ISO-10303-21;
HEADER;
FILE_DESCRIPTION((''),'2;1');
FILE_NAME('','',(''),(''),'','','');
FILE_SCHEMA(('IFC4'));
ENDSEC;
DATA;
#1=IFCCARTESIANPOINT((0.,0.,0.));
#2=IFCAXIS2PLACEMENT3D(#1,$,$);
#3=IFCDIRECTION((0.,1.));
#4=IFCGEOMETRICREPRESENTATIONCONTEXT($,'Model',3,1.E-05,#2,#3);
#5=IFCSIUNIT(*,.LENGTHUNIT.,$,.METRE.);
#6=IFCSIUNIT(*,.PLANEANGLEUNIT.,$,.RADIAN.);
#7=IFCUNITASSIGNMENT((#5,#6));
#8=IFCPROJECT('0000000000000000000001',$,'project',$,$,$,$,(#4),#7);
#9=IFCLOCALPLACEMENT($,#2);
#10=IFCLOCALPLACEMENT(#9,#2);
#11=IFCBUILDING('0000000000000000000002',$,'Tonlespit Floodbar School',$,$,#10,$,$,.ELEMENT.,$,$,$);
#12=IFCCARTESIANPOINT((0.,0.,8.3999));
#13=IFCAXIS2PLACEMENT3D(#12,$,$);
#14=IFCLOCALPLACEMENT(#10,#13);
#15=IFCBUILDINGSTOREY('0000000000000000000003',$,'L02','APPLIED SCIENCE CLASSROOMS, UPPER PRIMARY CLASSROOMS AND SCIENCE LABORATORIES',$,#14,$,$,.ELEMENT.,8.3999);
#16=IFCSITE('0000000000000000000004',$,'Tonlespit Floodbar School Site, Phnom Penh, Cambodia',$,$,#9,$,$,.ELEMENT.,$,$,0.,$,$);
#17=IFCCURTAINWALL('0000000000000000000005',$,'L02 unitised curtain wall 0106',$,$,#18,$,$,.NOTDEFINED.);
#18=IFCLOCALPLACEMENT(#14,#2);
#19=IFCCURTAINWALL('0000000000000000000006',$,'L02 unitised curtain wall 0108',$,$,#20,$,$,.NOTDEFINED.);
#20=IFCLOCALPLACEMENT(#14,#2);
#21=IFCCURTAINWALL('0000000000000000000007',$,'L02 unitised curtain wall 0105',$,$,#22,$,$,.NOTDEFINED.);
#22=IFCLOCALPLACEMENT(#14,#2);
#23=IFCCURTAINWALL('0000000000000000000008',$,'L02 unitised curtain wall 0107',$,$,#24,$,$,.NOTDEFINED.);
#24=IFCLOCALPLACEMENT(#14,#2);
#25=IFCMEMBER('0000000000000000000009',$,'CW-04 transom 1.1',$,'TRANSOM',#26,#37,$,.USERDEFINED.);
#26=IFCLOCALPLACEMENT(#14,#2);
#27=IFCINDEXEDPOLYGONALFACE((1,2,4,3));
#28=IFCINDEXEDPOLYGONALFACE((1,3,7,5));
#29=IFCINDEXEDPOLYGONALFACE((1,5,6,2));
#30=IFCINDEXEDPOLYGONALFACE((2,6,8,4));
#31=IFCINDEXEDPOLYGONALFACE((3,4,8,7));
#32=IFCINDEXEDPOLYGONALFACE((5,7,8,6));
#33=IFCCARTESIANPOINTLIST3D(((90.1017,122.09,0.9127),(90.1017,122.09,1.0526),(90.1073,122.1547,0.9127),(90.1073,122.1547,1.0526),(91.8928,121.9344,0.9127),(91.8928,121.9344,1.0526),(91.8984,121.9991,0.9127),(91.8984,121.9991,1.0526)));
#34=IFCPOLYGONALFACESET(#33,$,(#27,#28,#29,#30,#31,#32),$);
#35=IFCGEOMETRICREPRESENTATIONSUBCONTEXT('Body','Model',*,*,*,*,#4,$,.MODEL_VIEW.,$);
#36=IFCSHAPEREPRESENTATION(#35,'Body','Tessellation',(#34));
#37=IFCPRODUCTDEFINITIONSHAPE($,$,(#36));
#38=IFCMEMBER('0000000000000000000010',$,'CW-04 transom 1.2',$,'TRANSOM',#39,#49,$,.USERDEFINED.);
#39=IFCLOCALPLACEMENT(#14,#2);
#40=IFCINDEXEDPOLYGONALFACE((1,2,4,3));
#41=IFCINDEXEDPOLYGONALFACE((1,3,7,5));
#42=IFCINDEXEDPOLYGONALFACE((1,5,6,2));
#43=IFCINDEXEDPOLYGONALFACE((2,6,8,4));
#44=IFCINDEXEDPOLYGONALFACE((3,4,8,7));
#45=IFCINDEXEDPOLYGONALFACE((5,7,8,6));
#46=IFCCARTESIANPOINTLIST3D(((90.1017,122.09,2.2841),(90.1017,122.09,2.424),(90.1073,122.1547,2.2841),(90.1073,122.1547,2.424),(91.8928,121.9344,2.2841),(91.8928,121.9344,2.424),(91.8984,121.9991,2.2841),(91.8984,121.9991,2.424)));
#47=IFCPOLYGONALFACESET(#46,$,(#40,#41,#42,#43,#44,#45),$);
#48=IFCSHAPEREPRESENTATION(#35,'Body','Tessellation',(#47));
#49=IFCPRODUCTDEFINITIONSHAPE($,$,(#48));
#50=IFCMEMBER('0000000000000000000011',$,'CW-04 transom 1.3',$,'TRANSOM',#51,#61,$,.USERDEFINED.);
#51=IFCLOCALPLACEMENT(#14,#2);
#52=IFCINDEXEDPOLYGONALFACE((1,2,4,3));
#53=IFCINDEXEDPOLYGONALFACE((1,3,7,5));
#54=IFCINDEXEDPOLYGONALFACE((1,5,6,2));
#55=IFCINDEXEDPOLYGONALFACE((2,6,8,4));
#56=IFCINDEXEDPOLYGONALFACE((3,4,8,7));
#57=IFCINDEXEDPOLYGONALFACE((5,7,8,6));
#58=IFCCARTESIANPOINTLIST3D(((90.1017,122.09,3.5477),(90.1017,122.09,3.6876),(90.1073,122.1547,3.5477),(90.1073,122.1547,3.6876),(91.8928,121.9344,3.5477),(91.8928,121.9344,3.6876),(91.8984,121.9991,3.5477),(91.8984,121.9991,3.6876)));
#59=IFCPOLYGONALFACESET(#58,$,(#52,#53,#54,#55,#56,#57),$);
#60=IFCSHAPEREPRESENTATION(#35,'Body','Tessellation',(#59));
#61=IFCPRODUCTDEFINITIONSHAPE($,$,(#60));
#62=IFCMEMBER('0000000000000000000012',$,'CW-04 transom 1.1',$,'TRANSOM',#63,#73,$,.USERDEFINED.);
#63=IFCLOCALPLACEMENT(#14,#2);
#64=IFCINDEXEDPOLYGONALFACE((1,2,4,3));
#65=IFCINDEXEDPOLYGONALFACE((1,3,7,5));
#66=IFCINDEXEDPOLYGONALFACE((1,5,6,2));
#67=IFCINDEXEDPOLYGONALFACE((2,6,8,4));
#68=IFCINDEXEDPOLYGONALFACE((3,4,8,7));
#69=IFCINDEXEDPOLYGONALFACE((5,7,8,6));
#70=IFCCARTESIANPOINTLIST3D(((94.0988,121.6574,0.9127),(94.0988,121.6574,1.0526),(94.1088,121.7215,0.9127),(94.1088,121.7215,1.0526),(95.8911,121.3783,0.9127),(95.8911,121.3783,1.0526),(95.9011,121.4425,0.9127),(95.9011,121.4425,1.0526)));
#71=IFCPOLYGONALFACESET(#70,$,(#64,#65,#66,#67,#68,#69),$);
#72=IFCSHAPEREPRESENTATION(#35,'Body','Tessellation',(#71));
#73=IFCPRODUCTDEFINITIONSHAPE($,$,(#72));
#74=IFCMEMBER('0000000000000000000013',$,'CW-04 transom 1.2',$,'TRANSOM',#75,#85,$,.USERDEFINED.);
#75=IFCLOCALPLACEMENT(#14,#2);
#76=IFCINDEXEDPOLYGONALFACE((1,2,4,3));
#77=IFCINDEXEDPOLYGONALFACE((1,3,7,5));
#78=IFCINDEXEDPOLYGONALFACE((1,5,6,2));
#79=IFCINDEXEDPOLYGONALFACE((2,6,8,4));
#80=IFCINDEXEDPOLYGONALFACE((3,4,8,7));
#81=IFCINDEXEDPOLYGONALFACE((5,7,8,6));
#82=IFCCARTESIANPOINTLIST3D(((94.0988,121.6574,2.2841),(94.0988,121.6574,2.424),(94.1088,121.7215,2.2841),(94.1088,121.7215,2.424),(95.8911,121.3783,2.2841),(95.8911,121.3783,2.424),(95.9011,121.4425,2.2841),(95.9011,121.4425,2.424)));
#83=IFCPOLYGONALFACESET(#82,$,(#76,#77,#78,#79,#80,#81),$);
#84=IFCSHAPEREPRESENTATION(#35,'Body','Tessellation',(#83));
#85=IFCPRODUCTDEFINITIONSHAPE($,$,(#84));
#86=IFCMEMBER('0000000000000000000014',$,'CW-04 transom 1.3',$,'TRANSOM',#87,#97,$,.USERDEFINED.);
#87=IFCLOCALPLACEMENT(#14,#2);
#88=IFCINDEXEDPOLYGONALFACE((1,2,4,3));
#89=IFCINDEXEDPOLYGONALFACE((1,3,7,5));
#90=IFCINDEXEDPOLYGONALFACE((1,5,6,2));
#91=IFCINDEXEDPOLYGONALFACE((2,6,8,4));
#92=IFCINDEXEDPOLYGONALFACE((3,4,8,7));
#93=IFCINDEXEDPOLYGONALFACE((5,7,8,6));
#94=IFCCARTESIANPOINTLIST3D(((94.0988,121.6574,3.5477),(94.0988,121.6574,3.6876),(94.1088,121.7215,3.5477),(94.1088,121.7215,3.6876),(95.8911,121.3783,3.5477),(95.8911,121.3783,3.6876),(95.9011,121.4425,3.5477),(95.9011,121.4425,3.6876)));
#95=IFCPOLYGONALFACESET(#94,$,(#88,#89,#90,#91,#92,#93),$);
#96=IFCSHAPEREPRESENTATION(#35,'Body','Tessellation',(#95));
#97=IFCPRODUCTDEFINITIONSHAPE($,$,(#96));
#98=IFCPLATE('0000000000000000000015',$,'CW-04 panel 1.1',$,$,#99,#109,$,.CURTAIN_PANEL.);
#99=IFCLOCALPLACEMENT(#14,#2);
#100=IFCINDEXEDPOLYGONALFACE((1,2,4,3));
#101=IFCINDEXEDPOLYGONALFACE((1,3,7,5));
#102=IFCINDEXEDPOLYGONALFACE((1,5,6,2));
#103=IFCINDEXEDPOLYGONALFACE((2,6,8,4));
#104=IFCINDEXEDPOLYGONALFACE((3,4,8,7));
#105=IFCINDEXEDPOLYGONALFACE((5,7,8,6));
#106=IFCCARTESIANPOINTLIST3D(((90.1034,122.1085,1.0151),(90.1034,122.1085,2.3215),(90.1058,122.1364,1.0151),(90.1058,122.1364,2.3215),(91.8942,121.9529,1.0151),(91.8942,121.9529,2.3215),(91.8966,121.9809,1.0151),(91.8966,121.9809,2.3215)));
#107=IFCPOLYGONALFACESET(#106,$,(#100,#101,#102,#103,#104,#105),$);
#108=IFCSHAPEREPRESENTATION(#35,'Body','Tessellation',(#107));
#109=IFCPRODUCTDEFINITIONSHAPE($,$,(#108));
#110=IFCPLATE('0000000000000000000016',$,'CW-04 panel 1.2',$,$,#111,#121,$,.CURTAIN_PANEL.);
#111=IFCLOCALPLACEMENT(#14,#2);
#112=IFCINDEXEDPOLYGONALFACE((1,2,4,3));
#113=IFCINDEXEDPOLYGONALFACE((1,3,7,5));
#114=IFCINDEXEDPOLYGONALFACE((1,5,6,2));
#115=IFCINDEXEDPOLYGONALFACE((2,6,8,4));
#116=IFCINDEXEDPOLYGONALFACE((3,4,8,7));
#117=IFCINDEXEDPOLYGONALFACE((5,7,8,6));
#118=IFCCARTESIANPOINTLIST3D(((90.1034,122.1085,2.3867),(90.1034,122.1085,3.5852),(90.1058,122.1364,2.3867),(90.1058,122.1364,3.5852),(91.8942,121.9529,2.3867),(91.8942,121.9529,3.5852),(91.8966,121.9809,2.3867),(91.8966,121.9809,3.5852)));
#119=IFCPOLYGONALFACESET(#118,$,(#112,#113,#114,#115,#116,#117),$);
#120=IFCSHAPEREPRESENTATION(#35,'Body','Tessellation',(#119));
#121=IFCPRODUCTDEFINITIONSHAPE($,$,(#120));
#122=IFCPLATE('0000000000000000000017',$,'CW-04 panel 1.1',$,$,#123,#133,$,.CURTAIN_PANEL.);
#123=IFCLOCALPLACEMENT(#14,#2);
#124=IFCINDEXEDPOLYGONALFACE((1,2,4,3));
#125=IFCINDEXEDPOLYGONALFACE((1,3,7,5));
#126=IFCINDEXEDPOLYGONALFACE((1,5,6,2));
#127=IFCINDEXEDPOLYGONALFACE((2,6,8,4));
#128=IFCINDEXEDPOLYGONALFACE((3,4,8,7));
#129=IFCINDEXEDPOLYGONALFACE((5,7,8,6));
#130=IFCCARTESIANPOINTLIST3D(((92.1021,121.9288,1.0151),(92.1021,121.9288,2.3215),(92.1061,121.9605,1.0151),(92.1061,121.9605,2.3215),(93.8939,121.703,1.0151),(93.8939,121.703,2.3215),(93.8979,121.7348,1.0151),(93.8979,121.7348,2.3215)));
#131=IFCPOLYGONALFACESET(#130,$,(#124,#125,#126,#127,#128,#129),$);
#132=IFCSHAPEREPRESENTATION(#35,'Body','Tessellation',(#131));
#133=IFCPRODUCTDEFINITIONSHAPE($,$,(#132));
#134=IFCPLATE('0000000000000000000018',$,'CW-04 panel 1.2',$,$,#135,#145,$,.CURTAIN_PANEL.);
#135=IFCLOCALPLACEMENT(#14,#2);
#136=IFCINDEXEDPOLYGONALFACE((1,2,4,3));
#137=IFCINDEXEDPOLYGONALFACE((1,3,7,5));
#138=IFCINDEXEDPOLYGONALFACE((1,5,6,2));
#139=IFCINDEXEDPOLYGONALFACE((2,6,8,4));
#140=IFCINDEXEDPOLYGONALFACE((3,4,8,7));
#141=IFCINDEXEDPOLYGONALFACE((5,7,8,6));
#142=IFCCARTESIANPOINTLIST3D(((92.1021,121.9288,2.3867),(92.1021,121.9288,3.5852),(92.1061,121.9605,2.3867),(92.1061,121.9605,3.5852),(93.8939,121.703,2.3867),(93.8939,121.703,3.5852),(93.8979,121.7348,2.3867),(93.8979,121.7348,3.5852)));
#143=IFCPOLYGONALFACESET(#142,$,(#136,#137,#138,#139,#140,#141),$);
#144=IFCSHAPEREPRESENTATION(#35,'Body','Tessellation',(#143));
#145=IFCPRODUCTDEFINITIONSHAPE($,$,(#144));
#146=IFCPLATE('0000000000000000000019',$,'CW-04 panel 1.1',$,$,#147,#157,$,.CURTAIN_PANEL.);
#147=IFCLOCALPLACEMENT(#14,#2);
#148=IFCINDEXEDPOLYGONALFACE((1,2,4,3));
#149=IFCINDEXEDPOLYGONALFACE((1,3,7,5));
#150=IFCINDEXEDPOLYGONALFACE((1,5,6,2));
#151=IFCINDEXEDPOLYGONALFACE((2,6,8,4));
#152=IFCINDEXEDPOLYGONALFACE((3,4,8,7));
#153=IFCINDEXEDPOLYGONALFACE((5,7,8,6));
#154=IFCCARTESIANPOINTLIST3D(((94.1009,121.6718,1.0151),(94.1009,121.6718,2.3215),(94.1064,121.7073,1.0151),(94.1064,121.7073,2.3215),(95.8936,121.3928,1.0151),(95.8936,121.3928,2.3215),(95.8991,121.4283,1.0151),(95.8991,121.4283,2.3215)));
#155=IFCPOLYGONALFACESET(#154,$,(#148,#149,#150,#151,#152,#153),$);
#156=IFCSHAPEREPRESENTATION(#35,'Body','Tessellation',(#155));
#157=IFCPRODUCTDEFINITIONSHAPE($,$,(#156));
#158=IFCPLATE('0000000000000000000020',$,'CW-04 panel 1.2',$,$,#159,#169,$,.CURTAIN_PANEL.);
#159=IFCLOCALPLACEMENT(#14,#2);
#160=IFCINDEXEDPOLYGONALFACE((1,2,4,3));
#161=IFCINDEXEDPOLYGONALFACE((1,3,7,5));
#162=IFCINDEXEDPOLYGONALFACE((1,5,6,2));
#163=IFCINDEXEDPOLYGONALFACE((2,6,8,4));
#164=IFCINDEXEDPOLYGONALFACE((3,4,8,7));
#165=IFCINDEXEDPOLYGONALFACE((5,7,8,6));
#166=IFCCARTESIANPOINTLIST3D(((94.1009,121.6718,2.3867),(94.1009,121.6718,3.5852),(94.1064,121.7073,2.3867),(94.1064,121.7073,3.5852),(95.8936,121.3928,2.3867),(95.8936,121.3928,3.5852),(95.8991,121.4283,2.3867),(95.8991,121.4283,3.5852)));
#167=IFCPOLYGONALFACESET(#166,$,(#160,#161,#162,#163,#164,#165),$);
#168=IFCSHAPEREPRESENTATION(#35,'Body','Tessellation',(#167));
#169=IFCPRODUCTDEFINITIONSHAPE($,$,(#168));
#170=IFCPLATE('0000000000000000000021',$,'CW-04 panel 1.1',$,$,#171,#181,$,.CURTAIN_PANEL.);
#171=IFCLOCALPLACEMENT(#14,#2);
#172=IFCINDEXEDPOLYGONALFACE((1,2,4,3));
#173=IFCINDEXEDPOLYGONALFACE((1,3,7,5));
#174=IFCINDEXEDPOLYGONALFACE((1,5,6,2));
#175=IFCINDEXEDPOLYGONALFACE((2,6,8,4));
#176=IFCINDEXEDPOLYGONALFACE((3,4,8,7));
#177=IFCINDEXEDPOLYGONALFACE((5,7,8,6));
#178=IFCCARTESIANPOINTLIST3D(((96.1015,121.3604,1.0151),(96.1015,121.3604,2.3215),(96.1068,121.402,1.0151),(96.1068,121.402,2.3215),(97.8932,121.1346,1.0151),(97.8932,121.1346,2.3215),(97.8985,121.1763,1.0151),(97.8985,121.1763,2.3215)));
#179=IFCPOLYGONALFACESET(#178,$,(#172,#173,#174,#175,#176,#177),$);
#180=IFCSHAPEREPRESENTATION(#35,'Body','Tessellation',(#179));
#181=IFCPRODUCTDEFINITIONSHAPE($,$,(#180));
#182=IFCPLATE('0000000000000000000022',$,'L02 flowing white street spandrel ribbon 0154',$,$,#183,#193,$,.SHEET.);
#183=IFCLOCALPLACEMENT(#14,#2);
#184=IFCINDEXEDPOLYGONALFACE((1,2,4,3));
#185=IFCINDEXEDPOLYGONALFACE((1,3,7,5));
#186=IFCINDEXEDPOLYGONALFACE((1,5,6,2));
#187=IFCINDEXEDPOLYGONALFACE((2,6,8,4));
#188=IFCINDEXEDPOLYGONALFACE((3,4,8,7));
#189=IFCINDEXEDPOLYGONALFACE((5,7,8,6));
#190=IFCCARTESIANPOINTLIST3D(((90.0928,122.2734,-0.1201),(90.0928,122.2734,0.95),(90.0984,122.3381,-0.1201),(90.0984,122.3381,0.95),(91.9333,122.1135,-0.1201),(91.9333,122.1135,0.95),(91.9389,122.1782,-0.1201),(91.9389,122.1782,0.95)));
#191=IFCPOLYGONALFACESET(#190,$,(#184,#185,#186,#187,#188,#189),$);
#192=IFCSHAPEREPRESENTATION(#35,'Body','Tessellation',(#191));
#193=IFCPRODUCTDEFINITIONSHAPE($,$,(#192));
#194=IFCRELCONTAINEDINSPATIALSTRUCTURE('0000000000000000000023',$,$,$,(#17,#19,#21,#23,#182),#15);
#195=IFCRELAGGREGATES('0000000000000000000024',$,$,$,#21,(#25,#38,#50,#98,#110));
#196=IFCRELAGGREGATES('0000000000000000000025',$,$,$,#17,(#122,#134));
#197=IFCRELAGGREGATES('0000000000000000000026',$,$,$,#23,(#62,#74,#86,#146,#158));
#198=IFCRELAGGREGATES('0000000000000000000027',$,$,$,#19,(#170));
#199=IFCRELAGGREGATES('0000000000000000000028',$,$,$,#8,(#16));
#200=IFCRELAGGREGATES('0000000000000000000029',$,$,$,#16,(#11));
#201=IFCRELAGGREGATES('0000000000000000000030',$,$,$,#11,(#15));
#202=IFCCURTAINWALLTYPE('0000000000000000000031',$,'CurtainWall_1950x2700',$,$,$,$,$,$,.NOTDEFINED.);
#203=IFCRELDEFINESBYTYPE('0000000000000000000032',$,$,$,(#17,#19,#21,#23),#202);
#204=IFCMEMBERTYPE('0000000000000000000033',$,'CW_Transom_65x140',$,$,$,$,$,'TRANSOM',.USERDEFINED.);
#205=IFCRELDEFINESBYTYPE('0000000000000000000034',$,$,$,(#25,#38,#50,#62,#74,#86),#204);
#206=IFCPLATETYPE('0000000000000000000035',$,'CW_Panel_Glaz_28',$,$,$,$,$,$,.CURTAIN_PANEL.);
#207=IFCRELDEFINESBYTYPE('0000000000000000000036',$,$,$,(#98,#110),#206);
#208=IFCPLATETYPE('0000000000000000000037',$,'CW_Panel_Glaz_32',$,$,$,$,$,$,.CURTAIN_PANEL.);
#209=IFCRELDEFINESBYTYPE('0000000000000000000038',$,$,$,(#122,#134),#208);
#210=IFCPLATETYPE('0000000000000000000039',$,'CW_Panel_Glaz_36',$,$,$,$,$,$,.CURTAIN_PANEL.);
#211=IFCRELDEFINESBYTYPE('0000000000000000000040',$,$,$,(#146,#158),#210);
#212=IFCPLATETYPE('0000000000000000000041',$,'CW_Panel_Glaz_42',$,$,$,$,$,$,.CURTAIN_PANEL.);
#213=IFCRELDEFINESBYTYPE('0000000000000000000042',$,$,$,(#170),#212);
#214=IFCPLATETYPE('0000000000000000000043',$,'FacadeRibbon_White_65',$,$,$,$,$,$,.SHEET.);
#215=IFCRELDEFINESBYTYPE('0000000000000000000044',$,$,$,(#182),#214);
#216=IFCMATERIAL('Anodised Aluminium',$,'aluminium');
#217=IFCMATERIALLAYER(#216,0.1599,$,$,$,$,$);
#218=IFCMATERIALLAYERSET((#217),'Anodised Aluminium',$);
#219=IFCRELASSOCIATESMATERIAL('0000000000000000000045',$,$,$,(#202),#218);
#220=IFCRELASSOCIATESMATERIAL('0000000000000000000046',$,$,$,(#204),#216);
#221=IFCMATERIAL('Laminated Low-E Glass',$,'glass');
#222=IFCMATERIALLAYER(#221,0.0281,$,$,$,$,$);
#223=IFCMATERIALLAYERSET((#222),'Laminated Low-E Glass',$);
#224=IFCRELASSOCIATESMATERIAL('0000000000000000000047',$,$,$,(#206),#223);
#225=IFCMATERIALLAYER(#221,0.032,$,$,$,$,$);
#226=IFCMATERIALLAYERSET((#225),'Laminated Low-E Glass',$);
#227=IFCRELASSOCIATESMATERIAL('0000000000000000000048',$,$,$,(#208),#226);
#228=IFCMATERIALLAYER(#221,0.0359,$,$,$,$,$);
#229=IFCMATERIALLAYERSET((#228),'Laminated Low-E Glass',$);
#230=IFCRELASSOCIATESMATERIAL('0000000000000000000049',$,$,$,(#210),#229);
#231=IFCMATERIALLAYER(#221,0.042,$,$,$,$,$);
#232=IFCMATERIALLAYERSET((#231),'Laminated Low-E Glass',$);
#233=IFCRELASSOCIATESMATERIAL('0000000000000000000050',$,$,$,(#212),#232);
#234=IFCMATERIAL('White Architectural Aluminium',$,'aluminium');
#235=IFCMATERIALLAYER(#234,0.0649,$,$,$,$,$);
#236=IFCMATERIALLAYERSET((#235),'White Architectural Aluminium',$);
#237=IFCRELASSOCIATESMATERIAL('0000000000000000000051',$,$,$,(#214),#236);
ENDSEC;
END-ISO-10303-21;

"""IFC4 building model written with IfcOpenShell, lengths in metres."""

from ifc_helpers import new_model, si_unit, direction, frame, origin, origin_2d, place, context, subcontext, project, spatial, rectangle, extrude, material, layer, layer_set, material_profile, profile_set, type_object, element, aggregate, save


model = new_model("IFC4")

# Units and contexts
model_context = context("Model", 3, precision=1e-05, world=origin(), true_north=direction((0.0, 1.0)))
body_context = subcontext(model_context, "Body", "Model", "MODEL_VIEW")
ifc_project = project(units=[si_unit("LENGTHUNIT", "METRE"), si_unit("PLANEANGLEUNIT", "RADIAN")], contexts=[model_context])

# Site, building, storey
site_placement = place(None, origin())
site = spatial("IfcSite", under=ifc_project, at=site_placement, Name="Tonlespit Floodbar School Site, Phnom Penh, Cambodia", CompositionType="ELEMENT", RefElevation=0.0)
building_placement = place(site_placement, origin())
building = spatial("IfcBuilding", under=site, at=building_placement, Name="Tonlespit Floodbar School", CompositionType="ELEMENT")
storey_placement = place(building_placement, frame((0.0, 0.0, 8.3999)))
storey = spatial("IfcBuildingStorey", under=building, at=storey_placement, Name="L02", Description="APPLIED SCIENCE CLASSROOMS, UPPER PRIMARY CLASSROOMS AND SCIENCE LABORATORIES", CompositionType="ELEMENT", Elevation=8.3999)

# Shared definitions
ifc_material_1 = material(Name="Anodised Aluminium", Category="aluminium")

# Curtain wall
ifc_layer_1 = layer(ifc_material_1, 0.1599)
ifc_layer_set_1 = layer_set([ifc_layer_1], Name="Anodised Aluminium")
curtain_wall_type_1 = type_object("IfcCurtainWallType", Name="CurtainWall_1950x2700", PredefinedType="NOTDEFINED", material=ifc_layer_set_1)
curtain_wall_1_placement = place(storey_placement, origin())
curtain_wall_1 = element("IfcCurtainWall", 1, at=curtain_wall_1_placement, inside=storey, type_object=curtain_wall_type_1, Name="L02 unitised curtain wall 0106", PredefinedType="NOTDEFINED")

# Curtain wall
curtain_wall_2_placement = place(storey_placement, origin())
curtain_wall_2 = element("IfcCurtainWall", 2, at=curtain_wall_2_placement, inside=storey, type_object=curtain_wall_type_1, Name="L02 unitised curtain wall 0108", PredefinedType="NOTDEFINED")

# Curtain walls
curtain_wall_3_placement = place(storey_placement, origin())
curtain_wall_3 = element("IfcCurtainWall", 3, at=curtain_wall_3_placement, inside=storey, type_object=curtain_wall_type_1, Name="L02 unitised curtain wall 0105", PredefinedType="NOTDEFINED")
curtain_wall_4_placement = place(storey_placement, origin())
curtain_wall_4 = element("IfcCurtainWall", 4, at=curtain_wall_4_placement, inside=storey, type_object=curtain_wall_type_1, Name="L02 unitised curtain wall 0107", PredefinedType="NOTDEFINED")

# Members
ifc_material_profile_1 = material_profile(ifc_material_1, rectangle(XDim=0.0649, YDim=0.1399, at=origin_2d()), Name="ALU T65x140")
ifc_profile_set_1 = profile_set([ifc_material_profile_1], Name="Anodised Aluminium")
member_type_1 = type_object("IfcMemberType", Name="CW_Transom_65x140", ElementType="TRANSOM", PredefinedType="USERDEFINED", material=ifc_profile_set_1)
member_1_placement = place(storey_placement, frame((90.1045, 122.1223, 0.9827), z_axis=(0.996251, -0.086507, 0.0), x_axis=(0.086507, 0.996251, 0.0)))
member_1 = element("IfcMember", 5, at=member_1_placement, type_object=member_type_1, Name="CW-04 transom 1.1", ObjectType="TRANSOM", PredefinedType="USERDEFINED", context=body_context, shape_type="SweptSolid", body=[
    extrude(rectangle(XDim=0.0649, YDim=0.1399, at=origin_2d()), origin(), (0.0, 0.0, 1.0), 1.7979),
])
member_2_placement = place(storey_placement, frame((90.1045, 122.1223, 2.354), z_axis=(0.996251, -0.086507, 0.0), x_axis=(0.086507, 0.996251, 0.0)))
member_2 = element("IfcMember", 6, at=member_2_placement, type_object=member_type_1, Name="CW-04 transom 1.2", ObjectType="TRANSOM", PredefinedType="USERDEFINED", context=body_context, shape_type="SweptSolid", body=[
    extrude(rectangle(XDim=0.0649, YDim=0.1399, at=origin_2d()), origin(), (0.0, 0.0, 1.0), 1.7979),
])
member_3_placement = place(storey_placement, frame((90.1045, 122.1223, 3.6177), z_axis=(0.996251, -0.086507, 0.0), x_axis=(0.086507, 0.996251, 0.0)))
member_3 = element("IfcMember", 7, at=member_3_placement, type_object=member_type_1, Name="CW-04 transom 1.3", ObjectType="TRANSOM", PredefinedType="USERDEFINED", context=body_context, shape_type="SweptSolid", body=[
    extrude(rectangle(XDim=0.0649, YDim=0.1399, at=origin_2d()), origin(), (0.0, 0.0, 1.0), 1.7979),
])
member_4_placement = place(storey_placement, frame((94.1038, 121.6895, 0.9827), z_axis=(0.988098, -0.153827, 0.0), x_axis=(0.153827, 0.988098, 0.0)))
member_4 = element("IfcMember", 8, at=member_4_placement, type_object=member_type_1, Name="CW-04 transom 1.1", ObjectType="TRANSOM", PredefinedType="USERDEFINED", context=body_context, shape_type="SweptSolid", body=[
    extrude(rectangle(XDim=0.0649, YDim=0.1399, at=origin_2d()), origin(), (0.0, 0.0, 1.0), 1.814),
])
member_5_placement = place(storey_placement, frame((94.1038, 121.6895, 2.354), z_axis=(0.988098, -0.153827, 0.0), x_axis=(0.153827, 0.988098, 0.0)))
member_5 = element("IfcMember", 9, at=member_5_placement, type_object=member_type_1, Name="CW-04 transom 1.2", ObjectType="TRANSOM", PredefinedType="USERDEFINED", context=body_context, shape_type="SweptSolid", body=[
    extrude(rectangle(XDim=0.0649, YDim=0.1399, at=origin_2d()), origin(), (0.0, 0.0, 1.0), 1.814),
])
member_6_placement = place(storey_placement, frame((94.1038, 121.6895, 3.6177), z_axis=(0.988098, -0.153827, 0.0), x_axis=(0.153827, 0.988098, 0.0)))
member_6 = element("IfcMember", 10, at=member_6_placement, type_object=member_type_1, Name="CW-04 transom 1.3", ObjectType="TRANSOM", PredefinedType="USERDEFINED", context=body_context, shape_type="SweptSolid", body=[
    extrude(rectangle(XDim=0.0649, YDim=0.1399, at=origin_2d()), origin(), (0.0, 0.0, 1.0), 1.814),
])

# Plates
ifc_material_2 = material(Name="Laminated Low-E Glass", Category="glass")
ifc_layer_2 = layer(ifc_material_2, 0.0281)
ifc_layer_set_2 = layer_set([ifc_layer_2], Name="Laminated Low-E Glass")
plate_type_1 = type_object("IfcPlateType", Name="CW_Panel_Glaz_28", PredefinedType="CURTAIN_PANEL", material=ifc_layer_set_2)
plate_1_placement = place(storey_placement, frame((91.0, 122.0447, 1.0151), z_axis=(0.0, 0.0, 1.0), x_axis=(0.996249, -0.086531, 0.0)))
plate_1 = element("IfcPlate", 11, at=plate_1_placement, type_object=plate_type_1, Name="CW-04 panel 1.1", PredefinedType="CURTAIN_PANEL", context=body_context, shape_type="SweptSolid", body=[
    extrude(rectangle(XDim=1.7976, YDim=0.0281, at=origin_2d()), origin(), (0.0, 0.0, 1.0), 1.3064),
])
plate_2_placement = place(storey_placement, frame((91.0, 122.0447, 2.3867), z_axis=(0.0, 0.0, 1.0), x_axis=(0.996249, -0.086531, 0.0)))
plate_2 = element("IfcPlate", 12, at=plate_2_placement, type_object=plate_type_1, Name="CW-04 panel 1.2", PredefinedType="CURTAIN_PANEL", context=body_context, shape_type="SweptSolid", body=[
    extrude(rectangle(XDim=1.7976, YDim=0.0281, at=origin_2d()), origin(), (0.0, 0.0, 1.0), 1.1985),
])
aggregate(curtain_wall_3, [member_1, member_2, member_3, plate_1, plate_2])
ifc_layer_3 = layer(ifc_material_2, 0.032)
ifc_layer_set_3 = layer_set([ifc_layer_3], Name="Laminated Low-E Glass")
plate_type_2 = type_object("IfcPlateType", Name="CW_Panel_Glaz_32", PredefinedType="CURTAIN_PANEL", material=ifc_layer_set_3)
plate_3_placement = place(storey_placement, frame((93.0, 121.8318, 1.0151), z_axis=(0.0, 0.0, 1.0), x_axis=(0.992155, -0.125014, 0.0)))
plate_3 = element("IfcPlate", 13, at=plate_3_placement, type_object=plate_type_2, Name="CW-04 panel 1.1", PredefinedType="CURTAIN_PANEL", context=body_context, shape_type="SweptSolid", body=[
    extrude(rectangle(XDim=1.8059, YDim=0.032, at=origin_2d()), origin(), (0.0, 0.0, 1.0), 1.3064),
])
plate_4_placement = place(storey_placement, frame((93.0, 121.8318, 2.3867), z_axis=(0.0, 0.0, 1.0), x_axis=(0.992155, -0.125014, 0.0)))
plate_4 = element("IfcPlate", 14, at=plate_4_placement, type_object=plate_type_2, Name="CW-04 panel 1.2", PredefinedType="CURTAIN_PANEL", context=body_context, shape_type="SweptSolid", body=[
    extrude(rectangle(XDim=1.8059, YDim=0.032, at=origin_2d()), origin(), (0.0, 0.0, 1.0), 1.1985),
])
aggregate(curtain_wall_1, [plate_3, plate_4])
ifc_layer_4 = layer(ifc_material_2, 0.0359)
ifc_layer_set_4 = layer_set([ifc_layer_4], Name="Laminated Low-E Glass")
plate_type_3 = type_object("IfcPlateType", Name="CW_Panel_Glaz_36", PredefinedType="CURTAIN_PANEL", material=ifc_layer_set_4)
plate_5_placement = place(storey_placement, frame((95.0, 121.55, 1.0151), z_axis=(0.0, 0.0, 1.0), x_axis=(0.988103, -0.153796, 0.0)))
plate_5 = element("IfcPlate", 15, at=plate_5_placement, type_object=plate_type_3, Name="CW-04 panel 1.1", PredefinedType="CURTAIN_PANEL", context=body_context, shape_type="SweptSolid", body=[
    extrude(rectangle(XDim=1.8142, YDim=0.0359, at=origin_2d()), origin(), (0.0, 0.0, 1.0), 1.3064),
])
plate_6_placement = place(storey_placement, frame((95.0, 121.55, 2.3867), z_axis=(0.0, 0.0, 1.0), x_axis=(0.988103, -0.153796, 0.0)))
plate_6 = element("IfcPlate", 16, at=plate_6_placement, type_object=plate_type_3, Name="CW-04 panel 1.2", PredefinedType="CURTAIN_PANEL", context=body_context, shape_type="SweptSolid", body=[
    extrude(rectangle(XDim=1.8142, YDim=0.0359, at=origin_2d()), origin(), (0.0, 0.0, 1.0), 1.1985),
])
aggregate(curtain_wall_4, [member_4, member_5, member_6, plate_5, plate_6])
ifc_layer_5 = layer(ifc_material_2, 0.042)
ifc_layer_set_5 = layer_set([ifc_layer_5], Name="Laminated Low-E Glass")
plate_type_4 = type_object("IfcPlateType", Name="CW_Panel_Glaz_42", PredefinedType="CURTAIN_PANEL", material=ifc_layer_set_5)
plate_7_placement = place(storey_placement, frame((97.0, 121.2683, 1.0151), z_axis=(0.0, 0.0, 1.0), x_axis=(0.992155, -0.125014, 0.0)))
plate_7 = element("IfcPlate", 17, at=plate_7_placement, type_object=plate_type_4, Name="CW-04 panel 1.1", PredefinedType="CURTAIN_PANEL", context=body_context, shape_type="SweptSolid", body=[
    extrude(rectangle(XDim=1.8059, YDim=0.042, at=origin_2d()), origin(), (0.0, 0.0, 1.0), 1.3064),
])
aggregate(curtain_wall_2, [plate_7])

# Plate
ifc_material_3 = material(Name="White Architectural Aluminium", Category="aluminium")
ifc_layer_6 = layer(ifc_material_3, 0.0649)
ifc_layer_set_6 = layer_set([ifc_layer_6], Name="White Architectural Aluminium")
plate_type_5 = type_object("IfcPlateType", Name="FacadeRibbon_White_65", PredefinedType="SHEET", material=ifc_layer_set_6)
plate_8_placement = place(storey_placement, frame((91.0159, 122.2258, -0.1201), z_axis=(0.0, 0.0, 1.0), x_axis=(0.996245, -0.086573, 0.0)))
element("IfcPlate", 18, at=plate_8_placement, inside=storey, type_object=plate_type_5, Name="L02 flowing white street spandrel ribbon 0154", PredefinedType="SHEET", context=body_context, shape_type="SweptSolid", body=[
    extrude(rectangle(XDim=1.8474, YDim=0.0649, at=origin_2d()), origin(), (0.0, 0.0, 1.0), 1.0701),
])

save(model, "model.ifc")
